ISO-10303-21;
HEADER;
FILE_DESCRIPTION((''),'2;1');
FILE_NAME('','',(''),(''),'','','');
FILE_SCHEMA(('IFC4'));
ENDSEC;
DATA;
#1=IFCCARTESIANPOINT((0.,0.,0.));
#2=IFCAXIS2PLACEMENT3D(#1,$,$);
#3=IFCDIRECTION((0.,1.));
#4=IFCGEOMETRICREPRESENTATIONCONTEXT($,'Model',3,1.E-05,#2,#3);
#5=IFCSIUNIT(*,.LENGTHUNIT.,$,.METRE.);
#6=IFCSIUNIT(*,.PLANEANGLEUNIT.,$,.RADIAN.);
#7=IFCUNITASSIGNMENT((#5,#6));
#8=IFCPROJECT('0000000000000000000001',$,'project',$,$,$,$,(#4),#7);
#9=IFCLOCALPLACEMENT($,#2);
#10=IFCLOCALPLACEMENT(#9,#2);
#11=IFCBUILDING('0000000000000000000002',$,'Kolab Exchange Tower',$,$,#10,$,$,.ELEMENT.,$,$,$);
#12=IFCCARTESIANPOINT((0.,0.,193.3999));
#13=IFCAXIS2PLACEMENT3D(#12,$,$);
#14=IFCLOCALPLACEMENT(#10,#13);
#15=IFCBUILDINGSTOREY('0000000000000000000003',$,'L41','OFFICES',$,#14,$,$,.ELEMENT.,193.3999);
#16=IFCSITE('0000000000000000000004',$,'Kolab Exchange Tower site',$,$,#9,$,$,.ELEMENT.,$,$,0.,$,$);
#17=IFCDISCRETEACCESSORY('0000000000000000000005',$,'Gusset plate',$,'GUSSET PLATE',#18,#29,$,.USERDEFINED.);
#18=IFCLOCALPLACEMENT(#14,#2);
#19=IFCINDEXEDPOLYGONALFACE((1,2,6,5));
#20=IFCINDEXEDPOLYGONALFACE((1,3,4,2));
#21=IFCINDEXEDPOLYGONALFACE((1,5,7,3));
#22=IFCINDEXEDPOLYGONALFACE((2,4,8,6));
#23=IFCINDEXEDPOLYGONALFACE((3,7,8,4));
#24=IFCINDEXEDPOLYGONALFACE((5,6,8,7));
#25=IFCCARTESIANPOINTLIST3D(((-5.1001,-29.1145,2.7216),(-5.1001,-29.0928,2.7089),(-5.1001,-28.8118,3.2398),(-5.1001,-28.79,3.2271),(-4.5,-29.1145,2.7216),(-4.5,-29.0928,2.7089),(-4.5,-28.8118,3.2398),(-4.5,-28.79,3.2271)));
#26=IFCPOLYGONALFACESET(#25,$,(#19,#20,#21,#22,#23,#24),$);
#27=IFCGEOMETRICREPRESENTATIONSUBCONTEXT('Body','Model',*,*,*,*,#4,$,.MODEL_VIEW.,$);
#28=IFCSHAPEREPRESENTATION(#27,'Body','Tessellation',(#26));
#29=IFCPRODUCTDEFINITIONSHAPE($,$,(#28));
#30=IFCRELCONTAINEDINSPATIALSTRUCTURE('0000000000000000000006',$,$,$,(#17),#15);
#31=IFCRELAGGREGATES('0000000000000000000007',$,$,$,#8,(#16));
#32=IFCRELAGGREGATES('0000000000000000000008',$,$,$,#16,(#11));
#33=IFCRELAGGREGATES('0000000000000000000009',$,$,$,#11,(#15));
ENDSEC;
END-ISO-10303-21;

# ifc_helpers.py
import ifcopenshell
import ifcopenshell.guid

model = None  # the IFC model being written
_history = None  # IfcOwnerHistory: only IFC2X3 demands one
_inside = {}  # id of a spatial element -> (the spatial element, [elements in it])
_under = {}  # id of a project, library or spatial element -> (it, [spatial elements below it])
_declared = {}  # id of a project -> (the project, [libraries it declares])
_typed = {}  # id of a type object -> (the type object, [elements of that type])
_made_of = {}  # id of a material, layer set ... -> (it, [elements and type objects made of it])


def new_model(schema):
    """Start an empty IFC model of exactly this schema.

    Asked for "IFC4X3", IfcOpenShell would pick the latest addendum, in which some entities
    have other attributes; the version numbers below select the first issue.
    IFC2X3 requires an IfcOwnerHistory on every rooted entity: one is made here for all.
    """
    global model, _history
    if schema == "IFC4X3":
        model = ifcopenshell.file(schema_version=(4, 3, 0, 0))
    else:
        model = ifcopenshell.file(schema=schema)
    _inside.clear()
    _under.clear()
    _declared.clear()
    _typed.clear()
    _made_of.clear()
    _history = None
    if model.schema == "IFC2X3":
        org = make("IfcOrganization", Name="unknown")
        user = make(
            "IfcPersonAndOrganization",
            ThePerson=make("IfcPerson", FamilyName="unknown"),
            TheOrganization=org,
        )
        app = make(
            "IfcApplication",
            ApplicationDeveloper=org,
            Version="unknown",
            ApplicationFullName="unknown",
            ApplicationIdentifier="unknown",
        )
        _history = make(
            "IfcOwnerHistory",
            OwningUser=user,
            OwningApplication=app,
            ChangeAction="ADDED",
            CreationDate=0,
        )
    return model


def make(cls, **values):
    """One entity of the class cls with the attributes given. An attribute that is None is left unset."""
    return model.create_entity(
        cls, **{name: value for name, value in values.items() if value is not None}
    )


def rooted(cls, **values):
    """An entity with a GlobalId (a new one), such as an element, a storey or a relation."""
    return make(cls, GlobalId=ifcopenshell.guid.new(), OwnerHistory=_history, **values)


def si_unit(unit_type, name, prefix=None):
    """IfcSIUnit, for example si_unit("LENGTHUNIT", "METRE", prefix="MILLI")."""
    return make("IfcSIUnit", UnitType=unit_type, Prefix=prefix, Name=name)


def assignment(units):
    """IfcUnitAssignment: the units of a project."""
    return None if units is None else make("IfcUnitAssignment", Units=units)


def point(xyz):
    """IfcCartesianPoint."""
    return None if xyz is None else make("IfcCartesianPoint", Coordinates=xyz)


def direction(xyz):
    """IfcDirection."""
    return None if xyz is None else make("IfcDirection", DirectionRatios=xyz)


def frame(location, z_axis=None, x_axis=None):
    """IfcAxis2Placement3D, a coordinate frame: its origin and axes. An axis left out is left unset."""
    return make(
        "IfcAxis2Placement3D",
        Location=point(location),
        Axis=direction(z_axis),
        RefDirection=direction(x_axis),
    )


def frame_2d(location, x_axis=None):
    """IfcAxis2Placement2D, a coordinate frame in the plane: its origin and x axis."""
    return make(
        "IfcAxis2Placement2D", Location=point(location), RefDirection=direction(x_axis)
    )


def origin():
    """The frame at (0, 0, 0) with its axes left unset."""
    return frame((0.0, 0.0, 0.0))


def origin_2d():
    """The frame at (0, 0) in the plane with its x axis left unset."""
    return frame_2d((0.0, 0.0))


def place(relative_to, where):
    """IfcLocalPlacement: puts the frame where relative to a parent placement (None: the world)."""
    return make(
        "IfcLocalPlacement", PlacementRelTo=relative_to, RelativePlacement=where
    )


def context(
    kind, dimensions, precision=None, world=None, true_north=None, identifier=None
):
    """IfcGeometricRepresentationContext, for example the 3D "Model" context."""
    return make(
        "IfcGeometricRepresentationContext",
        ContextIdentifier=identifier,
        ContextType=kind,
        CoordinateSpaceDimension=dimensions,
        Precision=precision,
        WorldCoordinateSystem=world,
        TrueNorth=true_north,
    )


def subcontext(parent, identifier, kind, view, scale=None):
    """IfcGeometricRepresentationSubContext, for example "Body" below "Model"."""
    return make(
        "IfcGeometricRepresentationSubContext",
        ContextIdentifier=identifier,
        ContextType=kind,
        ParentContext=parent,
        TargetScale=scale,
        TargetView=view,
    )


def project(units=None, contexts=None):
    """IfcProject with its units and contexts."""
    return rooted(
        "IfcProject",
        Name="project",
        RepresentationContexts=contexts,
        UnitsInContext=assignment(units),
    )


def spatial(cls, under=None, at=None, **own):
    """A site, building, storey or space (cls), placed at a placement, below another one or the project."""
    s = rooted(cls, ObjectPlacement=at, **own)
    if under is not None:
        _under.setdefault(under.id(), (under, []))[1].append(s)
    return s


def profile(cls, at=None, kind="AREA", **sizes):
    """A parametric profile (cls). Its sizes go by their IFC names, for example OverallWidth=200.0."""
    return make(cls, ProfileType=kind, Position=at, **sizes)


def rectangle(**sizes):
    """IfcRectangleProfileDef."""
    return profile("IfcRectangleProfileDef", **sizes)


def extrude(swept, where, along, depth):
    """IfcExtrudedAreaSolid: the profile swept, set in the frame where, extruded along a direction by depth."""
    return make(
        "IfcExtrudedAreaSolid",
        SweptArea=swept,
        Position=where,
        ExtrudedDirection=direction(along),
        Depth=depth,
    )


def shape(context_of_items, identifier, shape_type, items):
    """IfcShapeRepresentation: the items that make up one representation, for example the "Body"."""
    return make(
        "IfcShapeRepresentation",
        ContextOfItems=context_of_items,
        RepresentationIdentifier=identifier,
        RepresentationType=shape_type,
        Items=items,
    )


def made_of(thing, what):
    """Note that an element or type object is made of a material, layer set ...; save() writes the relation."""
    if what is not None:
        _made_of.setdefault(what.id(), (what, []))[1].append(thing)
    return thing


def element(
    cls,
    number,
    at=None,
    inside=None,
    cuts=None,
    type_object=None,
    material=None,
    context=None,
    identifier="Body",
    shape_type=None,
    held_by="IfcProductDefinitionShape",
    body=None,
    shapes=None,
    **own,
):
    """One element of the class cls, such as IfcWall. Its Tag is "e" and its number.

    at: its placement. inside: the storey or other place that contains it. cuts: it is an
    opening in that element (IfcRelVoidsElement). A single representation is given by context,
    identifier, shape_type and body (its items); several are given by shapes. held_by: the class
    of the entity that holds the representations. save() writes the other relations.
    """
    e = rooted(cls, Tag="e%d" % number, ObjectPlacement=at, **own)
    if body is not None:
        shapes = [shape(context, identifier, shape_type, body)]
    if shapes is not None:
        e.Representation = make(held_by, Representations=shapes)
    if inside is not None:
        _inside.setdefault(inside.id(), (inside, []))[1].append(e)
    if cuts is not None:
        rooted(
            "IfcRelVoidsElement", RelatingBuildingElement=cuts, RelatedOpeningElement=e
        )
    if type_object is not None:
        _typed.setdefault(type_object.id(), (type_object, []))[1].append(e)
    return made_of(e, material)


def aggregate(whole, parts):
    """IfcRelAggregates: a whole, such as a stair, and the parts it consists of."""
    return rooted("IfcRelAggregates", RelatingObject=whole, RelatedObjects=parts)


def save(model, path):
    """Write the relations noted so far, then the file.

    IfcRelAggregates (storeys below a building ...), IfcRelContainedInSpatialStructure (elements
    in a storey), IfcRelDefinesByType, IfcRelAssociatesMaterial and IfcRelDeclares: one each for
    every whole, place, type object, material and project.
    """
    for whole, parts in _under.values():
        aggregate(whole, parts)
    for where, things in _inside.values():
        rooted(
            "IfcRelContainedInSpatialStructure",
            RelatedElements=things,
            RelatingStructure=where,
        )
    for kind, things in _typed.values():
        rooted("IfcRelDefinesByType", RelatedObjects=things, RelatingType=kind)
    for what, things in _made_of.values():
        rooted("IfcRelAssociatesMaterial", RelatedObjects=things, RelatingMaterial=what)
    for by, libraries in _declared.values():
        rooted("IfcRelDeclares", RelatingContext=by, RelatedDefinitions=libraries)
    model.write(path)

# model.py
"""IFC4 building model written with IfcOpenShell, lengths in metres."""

from ifc_helpers import new_model, si_unit, direction, frame, origin, origin_2d, place, context, subcontext, project, spatial, rectangle, extrude, element, save


model = new_model("IFC4")

# Units and contexts
model_context = context("Model", 3, precision=1e-05, world=origin(), true_north=direction((0.0, 1.0)))
body_context = subcontext(model_context, "Body", "Model", "MODEL_VIEW")
ifc_project = project(units=[si_unit("LENGTHUNIT", "METRE"), si_unit("PLANEANGLEUNIT", "RADIAN")], contexts=[model_context])

# Site, building, storey
site_placement = place(None, origin())
site = spatial("IfcSite", under=ifc_project, at=site_placement, Name="Kolab Exchange Tower site", CompositionType="ELEMENT", RefElevation=0.0)
building_placement = place(site_placement, origin())
building = spatial("IfcBuilding", under=site, at=building_placement, Name="Kolab Exchange Tower", CompositionType="ELEMENT")
storey_placement = place(building_placement, frame((0.0, 0.0, 193.3999)))
storey = spatial("IfcBuildingStorey", under=building, at=storey_placement, Name="L41", Description="OFFICES", CompositionType="ELEMENT", Elevation=193.3999)

# Discrete accessory
discrete_accessory_placement = place(storey_placement, frame((-4.8, -28.9414, 2.968), z_axis=(0.0, -0.863427, 0.504474), x_axis=(1.0, 0.0, 0.0)))
element("IfcDiscreteAccessory", 1, at=discrete_accessory_placement, inside=storey, Name="Gusset plate", ObjectType="GUSSET PLATE", PredefinedType="USERDEFINED", context=body_context, shape_type="SweptSolid", body=[
    extrude(rectangle(XDim=0.6001, YDim=0.6001, at=origin_2d()), origin(), (0.0, 0.0, 1.0), 0.0251),
])

save(model, "model.ifc")
